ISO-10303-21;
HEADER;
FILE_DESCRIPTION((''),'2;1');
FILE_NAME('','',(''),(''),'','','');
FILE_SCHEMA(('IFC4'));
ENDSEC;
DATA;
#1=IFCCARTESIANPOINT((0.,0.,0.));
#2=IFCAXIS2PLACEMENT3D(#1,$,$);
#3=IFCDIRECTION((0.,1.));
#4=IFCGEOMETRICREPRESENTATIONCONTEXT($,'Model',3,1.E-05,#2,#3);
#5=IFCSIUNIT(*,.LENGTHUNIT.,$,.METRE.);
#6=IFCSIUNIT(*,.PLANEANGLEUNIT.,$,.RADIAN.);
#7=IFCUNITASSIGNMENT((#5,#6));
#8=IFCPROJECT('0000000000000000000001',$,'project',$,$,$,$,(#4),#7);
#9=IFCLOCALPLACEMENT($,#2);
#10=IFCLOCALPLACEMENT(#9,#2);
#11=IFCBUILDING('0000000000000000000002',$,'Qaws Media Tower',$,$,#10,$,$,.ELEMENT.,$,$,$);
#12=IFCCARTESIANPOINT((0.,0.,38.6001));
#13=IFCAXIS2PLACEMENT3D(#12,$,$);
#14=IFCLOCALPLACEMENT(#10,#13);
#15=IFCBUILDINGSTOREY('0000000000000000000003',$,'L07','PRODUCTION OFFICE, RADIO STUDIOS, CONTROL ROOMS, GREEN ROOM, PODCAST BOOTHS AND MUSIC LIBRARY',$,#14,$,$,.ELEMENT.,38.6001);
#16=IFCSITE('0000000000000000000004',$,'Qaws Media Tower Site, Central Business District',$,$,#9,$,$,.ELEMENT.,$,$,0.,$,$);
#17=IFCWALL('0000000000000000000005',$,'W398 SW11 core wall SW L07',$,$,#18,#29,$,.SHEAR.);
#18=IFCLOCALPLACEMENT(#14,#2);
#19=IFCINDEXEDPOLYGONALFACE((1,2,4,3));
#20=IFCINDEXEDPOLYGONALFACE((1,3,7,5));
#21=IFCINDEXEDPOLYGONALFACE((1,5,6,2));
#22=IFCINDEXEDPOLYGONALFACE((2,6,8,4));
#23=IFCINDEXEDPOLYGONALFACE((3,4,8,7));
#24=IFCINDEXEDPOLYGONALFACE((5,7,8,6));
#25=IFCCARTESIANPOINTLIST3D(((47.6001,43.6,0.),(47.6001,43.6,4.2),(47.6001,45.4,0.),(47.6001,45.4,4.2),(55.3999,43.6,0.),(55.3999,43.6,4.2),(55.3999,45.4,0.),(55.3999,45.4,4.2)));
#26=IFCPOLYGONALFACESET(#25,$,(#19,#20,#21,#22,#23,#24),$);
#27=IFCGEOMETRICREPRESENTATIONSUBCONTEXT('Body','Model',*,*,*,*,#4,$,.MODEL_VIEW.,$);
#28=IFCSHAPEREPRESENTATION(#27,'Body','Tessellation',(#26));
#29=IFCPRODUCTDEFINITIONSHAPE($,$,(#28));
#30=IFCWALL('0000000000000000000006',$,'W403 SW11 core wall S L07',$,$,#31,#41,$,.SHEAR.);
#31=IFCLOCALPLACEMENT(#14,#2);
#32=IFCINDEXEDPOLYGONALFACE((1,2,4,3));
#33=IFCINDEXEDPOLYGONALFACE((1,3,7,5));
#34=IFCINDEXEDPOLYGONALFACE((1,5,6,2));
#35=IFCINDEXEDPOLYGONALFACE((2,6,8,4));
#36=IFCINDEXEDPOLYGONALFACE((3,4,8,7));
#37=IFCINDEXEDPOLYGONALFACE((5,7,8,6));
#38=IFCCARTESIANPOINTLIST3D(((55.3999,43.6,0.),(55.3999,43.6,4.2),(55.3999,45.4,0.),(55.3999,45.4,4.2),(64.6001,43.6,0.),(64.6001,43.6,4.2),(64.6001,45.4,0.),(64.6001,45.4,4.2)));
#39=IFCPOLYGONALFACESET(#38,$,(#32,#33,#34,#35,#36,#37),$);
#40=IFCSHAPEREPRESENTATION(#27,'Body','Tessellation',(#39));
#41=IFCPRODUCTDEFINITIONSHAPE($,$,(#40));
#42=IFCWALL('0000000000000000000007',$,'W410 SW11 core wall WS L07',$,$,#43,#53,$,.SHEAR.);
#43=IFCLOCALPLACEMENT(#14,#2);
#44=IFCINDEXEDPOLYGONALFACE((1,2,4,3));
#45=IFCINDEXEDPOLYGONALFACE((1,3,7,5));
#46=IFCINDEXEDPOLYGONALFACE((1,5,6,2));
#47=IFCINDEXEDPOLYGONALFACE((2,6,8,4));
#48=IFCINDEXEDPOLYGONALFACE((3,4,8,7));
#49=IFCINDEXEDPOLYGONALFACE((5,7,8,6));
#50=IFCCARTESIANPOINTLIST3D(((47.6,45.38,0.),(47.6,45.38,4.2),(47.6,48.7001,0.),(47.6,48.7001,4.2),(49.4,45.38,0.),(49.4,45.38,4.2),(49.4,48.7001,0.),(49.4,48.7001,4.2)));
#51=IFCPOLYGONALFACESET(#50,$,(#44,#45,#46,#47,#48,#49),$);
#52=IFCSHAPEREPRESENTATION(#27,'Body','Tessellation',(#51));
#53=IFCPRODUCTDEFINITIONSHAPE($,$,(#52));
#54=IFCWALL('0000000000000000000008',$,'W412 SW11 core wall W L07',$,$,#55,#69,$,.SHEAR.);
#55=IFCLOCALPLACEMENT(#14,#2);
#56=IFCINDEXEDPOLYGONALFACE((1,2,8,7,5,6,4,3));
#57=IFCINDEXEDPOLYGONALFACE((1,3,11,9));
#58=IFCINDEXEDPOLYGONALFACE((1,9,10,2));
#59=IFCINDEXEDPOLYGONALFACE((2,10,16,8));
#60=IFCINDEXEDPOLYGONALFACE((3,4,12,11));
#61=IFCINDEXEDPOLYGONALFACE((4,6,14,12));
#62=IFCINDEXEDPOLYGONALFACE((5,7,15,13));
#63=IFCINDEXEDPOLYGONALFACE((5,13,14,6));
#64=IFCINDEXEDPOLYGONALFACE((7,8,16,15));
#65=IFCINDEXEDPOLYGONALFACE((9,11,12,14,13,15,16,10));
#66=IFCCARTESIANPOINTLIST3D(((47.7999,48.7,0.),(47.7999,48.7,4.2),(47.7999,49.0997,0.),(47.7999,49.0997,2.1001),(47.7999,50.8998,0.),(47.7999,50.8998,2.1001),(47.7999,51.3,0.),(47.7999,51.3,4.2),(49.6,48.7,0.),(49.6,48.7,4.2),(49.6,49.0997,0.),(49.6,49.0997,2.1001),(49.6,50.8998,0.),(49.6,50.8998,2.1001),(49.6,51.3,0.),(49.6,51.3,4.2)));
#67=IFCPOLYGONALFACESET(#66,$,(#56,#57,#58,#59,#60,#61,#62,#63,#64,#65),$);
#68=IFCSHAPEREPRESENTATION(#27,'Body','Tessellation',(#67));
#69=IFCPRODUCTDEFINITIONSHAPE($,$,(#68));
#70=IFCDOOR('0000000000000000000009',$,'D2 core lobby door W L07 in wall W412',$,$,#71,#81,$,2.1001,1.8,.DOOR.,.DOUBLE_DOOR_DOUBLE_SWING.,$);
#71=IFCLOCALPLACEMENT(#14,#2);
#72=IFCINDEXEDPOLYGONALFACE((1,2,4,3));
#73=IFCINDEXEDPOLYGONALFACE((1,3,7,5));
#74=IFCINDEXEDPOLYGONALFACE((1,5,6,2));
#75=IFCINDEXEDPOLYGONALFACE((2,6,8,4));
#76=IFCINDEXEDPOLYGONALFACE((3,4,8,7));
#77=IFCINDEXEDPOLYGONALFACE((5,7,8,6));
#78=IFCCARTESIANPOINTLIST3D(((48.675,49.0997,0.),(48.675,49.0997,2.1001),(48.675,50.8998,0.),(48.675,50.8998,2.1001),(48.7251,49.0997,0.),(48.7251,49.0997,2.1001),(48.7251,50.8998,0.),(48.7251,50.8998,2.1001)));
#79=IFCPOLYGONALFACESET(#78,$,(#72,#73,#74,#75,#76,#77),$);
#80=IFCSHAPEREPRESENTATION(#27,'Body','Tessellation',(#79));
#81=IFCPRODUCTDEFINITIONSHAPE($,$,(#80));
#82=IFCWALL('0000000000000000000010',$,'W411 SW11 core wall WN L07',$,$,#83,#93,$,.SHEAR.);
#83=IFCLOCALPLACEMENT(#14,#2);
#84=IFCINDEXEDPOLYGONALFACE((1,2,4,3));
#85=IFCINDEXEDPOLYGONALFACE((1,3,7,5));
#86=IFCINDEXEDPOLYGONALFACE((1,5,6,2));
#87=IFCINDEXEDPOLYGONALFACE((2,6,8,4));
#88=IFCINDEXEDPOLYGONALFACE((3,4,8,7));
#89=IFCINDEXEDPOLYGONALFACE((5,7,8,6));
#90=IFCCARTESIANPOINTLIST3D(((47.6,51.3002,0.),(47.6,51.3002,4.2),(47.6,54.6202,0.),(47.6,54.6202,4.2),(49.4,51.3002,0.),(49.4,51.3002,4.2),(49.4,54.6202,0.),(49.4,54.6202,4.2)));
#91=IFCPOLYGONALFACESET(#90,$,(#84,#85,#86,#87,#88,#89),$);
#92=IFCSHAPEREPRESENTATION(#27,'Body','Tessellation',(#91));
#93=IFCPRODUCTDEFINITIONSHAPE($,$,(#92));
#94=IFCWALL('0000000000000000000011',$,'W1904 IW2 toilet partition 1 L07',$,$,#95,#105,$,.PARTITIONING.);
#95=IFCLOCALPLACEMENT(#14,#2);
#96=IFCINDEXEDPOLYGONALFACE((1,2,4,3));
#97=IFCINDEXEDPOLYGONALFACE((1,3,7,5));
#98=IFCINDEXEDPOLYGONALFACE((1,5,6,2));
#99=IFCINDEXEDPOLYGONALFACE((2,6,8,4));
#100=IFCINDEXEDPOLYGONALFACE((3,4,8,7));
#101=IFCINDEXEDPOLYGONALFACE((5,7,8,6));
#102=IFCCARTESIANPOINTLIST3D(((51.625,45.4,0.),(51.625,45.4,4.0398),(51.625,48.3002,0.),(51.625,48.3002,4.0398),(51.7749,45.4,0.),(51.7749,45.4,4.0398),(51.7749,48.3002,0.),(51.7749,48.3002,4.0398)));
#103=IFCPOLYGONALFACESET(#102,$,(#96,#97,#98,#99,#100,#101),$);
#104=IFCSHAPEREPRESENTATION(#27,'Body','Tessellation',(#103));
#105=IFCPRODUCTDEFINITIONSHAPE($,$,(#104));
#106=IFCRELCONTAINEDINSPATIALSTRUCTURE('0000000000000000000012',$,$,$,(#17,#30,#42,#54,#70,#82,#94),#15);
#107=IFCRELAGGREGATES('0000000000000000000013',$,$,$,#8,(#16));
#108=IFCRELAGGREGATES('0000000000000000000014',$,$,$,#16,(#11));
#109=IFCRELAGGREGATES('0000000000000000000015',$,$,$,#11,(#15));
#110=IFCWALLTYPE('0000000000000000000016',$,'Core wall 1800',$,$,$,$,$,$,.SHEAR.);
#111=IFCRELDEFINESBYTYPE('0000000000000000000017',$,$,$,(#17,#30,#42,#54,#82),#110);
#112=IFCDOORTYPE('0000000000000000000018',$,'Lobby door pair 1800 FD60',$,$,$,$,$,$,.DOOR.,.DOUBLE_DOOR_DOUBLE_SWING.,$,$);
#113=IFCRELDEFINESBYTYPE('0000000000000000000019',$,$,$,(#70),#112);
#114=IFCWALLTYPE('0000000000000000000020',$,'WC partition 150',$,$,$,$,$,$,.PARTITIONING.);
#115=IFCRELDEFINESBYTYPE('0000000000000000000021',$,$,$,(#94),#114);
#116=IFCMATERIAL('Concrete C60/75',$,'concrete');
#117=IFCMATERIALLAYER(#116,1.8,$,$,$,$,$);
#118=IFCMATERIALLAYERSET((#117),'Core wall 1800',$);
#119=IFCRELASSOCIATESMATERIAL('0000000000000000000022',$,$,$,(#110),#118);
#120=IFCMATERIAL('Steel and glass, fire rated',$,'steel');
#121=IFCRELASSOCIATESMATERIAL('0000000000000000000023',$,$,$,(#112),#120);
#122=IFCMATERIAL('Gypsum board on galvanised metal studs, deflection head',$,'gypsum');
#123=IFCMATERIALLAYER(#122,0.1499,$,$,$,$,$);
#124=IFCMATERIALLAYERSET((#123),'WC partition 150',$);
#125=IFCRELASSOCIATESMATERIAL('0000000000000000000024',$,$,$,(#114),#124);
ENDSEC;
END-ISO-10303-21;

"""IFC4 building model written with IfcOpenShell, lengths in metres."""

from ifc_helpers import new_model, si_unit, direction, frame, frame_2d, origin, place, context, subcontext, project, spatial, rectangle, extrude, material, layer, layer_set, type_object, element, fill, save


model = new_model("IFC4")

# Units and contexts
model_context = context("Model", 3, precision=1e-05, world=origin(), true_north=direction((0.0, 1.0)))
body_context = subcontext(model_context, "Body", "Model", "MODEL_VIEW")
ifc_project = project(units=[si_unit("LENGTHUNIT", "METRE"), si_unit("PLANEANGLEUNIT", "RADIAN")], contexts=[model_context])

# Site, building, storey
site_placement = place(None, origin())
site = spatial("IfcSite", under=ifc_project, at=site_placement, Name="Qaws Media Tower Site, Central Business District", CompositionType="ELEMENT", RefElevation=0.0)
building_placement = place(site_placement, origin())
building = spatial("IfcBuilding", under=site, at=building_placement, Name="Qaws Media Tower", CompositionType="ELEMENT")
storey_placement = place(building_placement, frame((0.0, 0.0, 38.6001)))
storey = spatial("IfcBuildingStorey", under=building, at=storey_placement, Name="L07", Description="PRODUCTION OFFICE, RADIO STUDIOS, CONTROL ROOMS, GREEN ROOM, PODCAST BOOTHS AND MUSIC LIBRARY", CompositionType="ELEMENT", Elevation=38.6001)

# Walls
ifc_material_1 = material(Name="Concrete C60/75", Category="concrete")
ifc_layer_1 = layer(ifc_material_1, 1.8)
ifc_layer_set_1 = layer_set([ifc_layer_1], Name="Core wall 1800")
wall_type_1 = type_object("IfcWallType", Name="Core wall 1800", PredefinedType="SHEAR", material=ifc_layer_set_1)
wall_1_placement = place(storey_placement, frame((47.6001, 44.5, 0.0), z_axis=(0.0, 0.0, 1.0), x_axis=(1.0, 0.0, 0.0)))
element("IfcWall", 1, at=wall_1_placement, inside=storey, type_object=wall_type_1, Name="W398 SW11 core wall SW L07", PredefinedType="SHEAR", context=body_context, shape_type="SweptSolid", body=[
    extrude(rectangle(XDim=7.7998, YDim=1.8, at=frame_2d((3.8999, 0.0))), origin(), (0.0, 0.0, 1.0), 4.2),
])
wall_2_placement = place(storey_placement, frame((55.3999, 44.5, 0.0), z_axis=(0.0, 0.0, 1.0), x_axis=(1.0, 0.0, 0.0)))
element("IfcWall", 2, at=wall_2_placement, inside=storey, type_object=wall_type_1, Name="W403 SW11 core wall S L07", PredefinedType="SHEAR", context=body_context, shape_type="SweptSolid", body=[
    extrude(rectangle(XDim=9.2002, YDim=1.8, at=frame_2d((4.6001, 0.0))), origin(), (0.0, 0.0, 1.0), 4.2),
])
wall_3_placement = place(storey_placement, frame((48.5, 45.3799, 0.0), z_axis=(0.0, 0.0, 1.0), x_axis=(0.0, 1.0, 0.0)))
element("IfcWall", 3, at=wall_3_placement, inside=storey, type_object=wall_type_1, Name="W410 SW11 core wall WS L07", PredefinedType="SHEAR", context=body_context, shape_type="SweptSolid", body=[
    extrude(rectangle(XDim=3.3201, YDim=1.8, at=frame_2d((1.6602, 0.0))), origin(), (0.0, 0.0, 1.0), 4.2),
])

# Wall, opening, door
wall_4_placement = place(storey_placement, frame((48.7, 48.7, 0.0), z_axis=(0.0, 0.0, 1.0), x_axis=(0.0, 1.0, 0.0)))
wall_4 = element("IfcWall", 4, at=wall_4_placement, inside=storey, type_object=wall_type_1, Name="W412 SW11 core wall W L07", PredefinedType="SHEAR", context=body_context, shape_type="SweptSolid", body=[
    extrude(rectangle(XDim=2.6001, YDim=1.8, at=frame_2d((1.3, 0.0))), origin(), (0.0, 0.0, 1.0), 4.2),
])
opening_1_placement = place(wall_4_placement, frame((0.3999, 0.0, 0.0)))
opening_1 = element("IfcOpeningElement", 5, at=opening_1_placement, cuts=wall_4, PredefinedType="OPENING", context=body_context, shape_type="SweptSolid", body=[
    extrude(rectangle(XDim=1.8, YDim=2.1001, at=frame_2d((0.8999, 1.05))), frame((0.0, 0.9099, 0.0), z_axis=(0.0, -1.0, 0.0), x_axis=(1.0, 0.0, 0.0)), (0.0, 0.0, 1.0), 1.8201),
])
ifc_material_2 = material(Name="Steel and glass, fire rated", Category="steel")
door_type_1 = type_object("IfcDoorType", Name="Lobby door pair 1800 FD60", OperationType="DOUBLE_DOOR_DOUBLE_SWING", PredefinedType="DOOR", material=ifc_material_2)
door_1_placement = place(opening_1_placement, origin())
door_1 = element("IfcDoor", 6, at=door_1_placement, inside=storey, type_object=door_type_1, Name="D2 core lobby door W L07 in wall W412", OperationType="DOUBLE_DOOR_DOUBLE_SWING", OverallHeight=2.1001, OverallWidth=1.8, PredefinedType="DOOR", context=body_context, shape_type="SweptSolid", body=[
    extrude(rectangle(XDim=1.8, YDim=2.1001, at=frame_2d((0.8999, 1.05))), frame((0.0, 0.0249, 0.0), z_axis=(0.0, -1.0, 0.0), x_axis=(1.0, 0.0, 0.0)), (0.0, 0.0, 1.0), 0.05),
])
fill(opening_1, door_1)

# Walls
wall_5_placement = place(storey_placement, frame((48.5, 51.3, 0.0), z_axis=(0.0, 0.0, 1.0), x_axis=(0.0, 1.0, 0.0)))
element("IfcWall", 7, at=wall_5_placement, inside=storey, type_object=wall_type_1, Name="W411 SW11 core wall WN L07", PredefinedType="SHEAR", context=body_context, shape_type="SweptSolid", body=[
    extrude(rectangle(XDim=3.3201, YDim=1.8, at=frame_2d((1.6602, 0.0))), origin(), (0.0, 0.0, 1.0), 4.2),
])
ifc_material_3 = material(Name="Gypsum board on galvanised metal studs, deflection head", Category="gypsum")
ifc_layer_2 = layer(ifc_material_3, 0.1499)
ifc_layer_set_2 = layer_set([ifc_layer_2], Name="WC partition 150")
wall_type_2 = type_object("IfcWallType", Name="WC partition 150", PredefinedType="PARTITIONING", material=ifc_layer_set_2)
wall_6_placement = place(storey_placement, frame((51.7, 45.3999, 0.0), z_axis=(0.0, 0.0, 1.0), x_axis=(0.0, 1.0, 0.0)))
element("IfcWall", 8, at=wall_6_placement, inside=storey, type_object=wall_type_2, Name="W1904 IW2 toilet partition 1 L07", PredefinedType="PARTITIONING", context=body_context, shape_type="SweptSolid", body=[
    extrude(rectangle(XDim=2.9001, YDim=0.1499, at=frame_2d((1.4502, 0.0))), origin(), (0.0, 0.0, 1.0), 4.0398),
])

save(model, "model.ifc")
